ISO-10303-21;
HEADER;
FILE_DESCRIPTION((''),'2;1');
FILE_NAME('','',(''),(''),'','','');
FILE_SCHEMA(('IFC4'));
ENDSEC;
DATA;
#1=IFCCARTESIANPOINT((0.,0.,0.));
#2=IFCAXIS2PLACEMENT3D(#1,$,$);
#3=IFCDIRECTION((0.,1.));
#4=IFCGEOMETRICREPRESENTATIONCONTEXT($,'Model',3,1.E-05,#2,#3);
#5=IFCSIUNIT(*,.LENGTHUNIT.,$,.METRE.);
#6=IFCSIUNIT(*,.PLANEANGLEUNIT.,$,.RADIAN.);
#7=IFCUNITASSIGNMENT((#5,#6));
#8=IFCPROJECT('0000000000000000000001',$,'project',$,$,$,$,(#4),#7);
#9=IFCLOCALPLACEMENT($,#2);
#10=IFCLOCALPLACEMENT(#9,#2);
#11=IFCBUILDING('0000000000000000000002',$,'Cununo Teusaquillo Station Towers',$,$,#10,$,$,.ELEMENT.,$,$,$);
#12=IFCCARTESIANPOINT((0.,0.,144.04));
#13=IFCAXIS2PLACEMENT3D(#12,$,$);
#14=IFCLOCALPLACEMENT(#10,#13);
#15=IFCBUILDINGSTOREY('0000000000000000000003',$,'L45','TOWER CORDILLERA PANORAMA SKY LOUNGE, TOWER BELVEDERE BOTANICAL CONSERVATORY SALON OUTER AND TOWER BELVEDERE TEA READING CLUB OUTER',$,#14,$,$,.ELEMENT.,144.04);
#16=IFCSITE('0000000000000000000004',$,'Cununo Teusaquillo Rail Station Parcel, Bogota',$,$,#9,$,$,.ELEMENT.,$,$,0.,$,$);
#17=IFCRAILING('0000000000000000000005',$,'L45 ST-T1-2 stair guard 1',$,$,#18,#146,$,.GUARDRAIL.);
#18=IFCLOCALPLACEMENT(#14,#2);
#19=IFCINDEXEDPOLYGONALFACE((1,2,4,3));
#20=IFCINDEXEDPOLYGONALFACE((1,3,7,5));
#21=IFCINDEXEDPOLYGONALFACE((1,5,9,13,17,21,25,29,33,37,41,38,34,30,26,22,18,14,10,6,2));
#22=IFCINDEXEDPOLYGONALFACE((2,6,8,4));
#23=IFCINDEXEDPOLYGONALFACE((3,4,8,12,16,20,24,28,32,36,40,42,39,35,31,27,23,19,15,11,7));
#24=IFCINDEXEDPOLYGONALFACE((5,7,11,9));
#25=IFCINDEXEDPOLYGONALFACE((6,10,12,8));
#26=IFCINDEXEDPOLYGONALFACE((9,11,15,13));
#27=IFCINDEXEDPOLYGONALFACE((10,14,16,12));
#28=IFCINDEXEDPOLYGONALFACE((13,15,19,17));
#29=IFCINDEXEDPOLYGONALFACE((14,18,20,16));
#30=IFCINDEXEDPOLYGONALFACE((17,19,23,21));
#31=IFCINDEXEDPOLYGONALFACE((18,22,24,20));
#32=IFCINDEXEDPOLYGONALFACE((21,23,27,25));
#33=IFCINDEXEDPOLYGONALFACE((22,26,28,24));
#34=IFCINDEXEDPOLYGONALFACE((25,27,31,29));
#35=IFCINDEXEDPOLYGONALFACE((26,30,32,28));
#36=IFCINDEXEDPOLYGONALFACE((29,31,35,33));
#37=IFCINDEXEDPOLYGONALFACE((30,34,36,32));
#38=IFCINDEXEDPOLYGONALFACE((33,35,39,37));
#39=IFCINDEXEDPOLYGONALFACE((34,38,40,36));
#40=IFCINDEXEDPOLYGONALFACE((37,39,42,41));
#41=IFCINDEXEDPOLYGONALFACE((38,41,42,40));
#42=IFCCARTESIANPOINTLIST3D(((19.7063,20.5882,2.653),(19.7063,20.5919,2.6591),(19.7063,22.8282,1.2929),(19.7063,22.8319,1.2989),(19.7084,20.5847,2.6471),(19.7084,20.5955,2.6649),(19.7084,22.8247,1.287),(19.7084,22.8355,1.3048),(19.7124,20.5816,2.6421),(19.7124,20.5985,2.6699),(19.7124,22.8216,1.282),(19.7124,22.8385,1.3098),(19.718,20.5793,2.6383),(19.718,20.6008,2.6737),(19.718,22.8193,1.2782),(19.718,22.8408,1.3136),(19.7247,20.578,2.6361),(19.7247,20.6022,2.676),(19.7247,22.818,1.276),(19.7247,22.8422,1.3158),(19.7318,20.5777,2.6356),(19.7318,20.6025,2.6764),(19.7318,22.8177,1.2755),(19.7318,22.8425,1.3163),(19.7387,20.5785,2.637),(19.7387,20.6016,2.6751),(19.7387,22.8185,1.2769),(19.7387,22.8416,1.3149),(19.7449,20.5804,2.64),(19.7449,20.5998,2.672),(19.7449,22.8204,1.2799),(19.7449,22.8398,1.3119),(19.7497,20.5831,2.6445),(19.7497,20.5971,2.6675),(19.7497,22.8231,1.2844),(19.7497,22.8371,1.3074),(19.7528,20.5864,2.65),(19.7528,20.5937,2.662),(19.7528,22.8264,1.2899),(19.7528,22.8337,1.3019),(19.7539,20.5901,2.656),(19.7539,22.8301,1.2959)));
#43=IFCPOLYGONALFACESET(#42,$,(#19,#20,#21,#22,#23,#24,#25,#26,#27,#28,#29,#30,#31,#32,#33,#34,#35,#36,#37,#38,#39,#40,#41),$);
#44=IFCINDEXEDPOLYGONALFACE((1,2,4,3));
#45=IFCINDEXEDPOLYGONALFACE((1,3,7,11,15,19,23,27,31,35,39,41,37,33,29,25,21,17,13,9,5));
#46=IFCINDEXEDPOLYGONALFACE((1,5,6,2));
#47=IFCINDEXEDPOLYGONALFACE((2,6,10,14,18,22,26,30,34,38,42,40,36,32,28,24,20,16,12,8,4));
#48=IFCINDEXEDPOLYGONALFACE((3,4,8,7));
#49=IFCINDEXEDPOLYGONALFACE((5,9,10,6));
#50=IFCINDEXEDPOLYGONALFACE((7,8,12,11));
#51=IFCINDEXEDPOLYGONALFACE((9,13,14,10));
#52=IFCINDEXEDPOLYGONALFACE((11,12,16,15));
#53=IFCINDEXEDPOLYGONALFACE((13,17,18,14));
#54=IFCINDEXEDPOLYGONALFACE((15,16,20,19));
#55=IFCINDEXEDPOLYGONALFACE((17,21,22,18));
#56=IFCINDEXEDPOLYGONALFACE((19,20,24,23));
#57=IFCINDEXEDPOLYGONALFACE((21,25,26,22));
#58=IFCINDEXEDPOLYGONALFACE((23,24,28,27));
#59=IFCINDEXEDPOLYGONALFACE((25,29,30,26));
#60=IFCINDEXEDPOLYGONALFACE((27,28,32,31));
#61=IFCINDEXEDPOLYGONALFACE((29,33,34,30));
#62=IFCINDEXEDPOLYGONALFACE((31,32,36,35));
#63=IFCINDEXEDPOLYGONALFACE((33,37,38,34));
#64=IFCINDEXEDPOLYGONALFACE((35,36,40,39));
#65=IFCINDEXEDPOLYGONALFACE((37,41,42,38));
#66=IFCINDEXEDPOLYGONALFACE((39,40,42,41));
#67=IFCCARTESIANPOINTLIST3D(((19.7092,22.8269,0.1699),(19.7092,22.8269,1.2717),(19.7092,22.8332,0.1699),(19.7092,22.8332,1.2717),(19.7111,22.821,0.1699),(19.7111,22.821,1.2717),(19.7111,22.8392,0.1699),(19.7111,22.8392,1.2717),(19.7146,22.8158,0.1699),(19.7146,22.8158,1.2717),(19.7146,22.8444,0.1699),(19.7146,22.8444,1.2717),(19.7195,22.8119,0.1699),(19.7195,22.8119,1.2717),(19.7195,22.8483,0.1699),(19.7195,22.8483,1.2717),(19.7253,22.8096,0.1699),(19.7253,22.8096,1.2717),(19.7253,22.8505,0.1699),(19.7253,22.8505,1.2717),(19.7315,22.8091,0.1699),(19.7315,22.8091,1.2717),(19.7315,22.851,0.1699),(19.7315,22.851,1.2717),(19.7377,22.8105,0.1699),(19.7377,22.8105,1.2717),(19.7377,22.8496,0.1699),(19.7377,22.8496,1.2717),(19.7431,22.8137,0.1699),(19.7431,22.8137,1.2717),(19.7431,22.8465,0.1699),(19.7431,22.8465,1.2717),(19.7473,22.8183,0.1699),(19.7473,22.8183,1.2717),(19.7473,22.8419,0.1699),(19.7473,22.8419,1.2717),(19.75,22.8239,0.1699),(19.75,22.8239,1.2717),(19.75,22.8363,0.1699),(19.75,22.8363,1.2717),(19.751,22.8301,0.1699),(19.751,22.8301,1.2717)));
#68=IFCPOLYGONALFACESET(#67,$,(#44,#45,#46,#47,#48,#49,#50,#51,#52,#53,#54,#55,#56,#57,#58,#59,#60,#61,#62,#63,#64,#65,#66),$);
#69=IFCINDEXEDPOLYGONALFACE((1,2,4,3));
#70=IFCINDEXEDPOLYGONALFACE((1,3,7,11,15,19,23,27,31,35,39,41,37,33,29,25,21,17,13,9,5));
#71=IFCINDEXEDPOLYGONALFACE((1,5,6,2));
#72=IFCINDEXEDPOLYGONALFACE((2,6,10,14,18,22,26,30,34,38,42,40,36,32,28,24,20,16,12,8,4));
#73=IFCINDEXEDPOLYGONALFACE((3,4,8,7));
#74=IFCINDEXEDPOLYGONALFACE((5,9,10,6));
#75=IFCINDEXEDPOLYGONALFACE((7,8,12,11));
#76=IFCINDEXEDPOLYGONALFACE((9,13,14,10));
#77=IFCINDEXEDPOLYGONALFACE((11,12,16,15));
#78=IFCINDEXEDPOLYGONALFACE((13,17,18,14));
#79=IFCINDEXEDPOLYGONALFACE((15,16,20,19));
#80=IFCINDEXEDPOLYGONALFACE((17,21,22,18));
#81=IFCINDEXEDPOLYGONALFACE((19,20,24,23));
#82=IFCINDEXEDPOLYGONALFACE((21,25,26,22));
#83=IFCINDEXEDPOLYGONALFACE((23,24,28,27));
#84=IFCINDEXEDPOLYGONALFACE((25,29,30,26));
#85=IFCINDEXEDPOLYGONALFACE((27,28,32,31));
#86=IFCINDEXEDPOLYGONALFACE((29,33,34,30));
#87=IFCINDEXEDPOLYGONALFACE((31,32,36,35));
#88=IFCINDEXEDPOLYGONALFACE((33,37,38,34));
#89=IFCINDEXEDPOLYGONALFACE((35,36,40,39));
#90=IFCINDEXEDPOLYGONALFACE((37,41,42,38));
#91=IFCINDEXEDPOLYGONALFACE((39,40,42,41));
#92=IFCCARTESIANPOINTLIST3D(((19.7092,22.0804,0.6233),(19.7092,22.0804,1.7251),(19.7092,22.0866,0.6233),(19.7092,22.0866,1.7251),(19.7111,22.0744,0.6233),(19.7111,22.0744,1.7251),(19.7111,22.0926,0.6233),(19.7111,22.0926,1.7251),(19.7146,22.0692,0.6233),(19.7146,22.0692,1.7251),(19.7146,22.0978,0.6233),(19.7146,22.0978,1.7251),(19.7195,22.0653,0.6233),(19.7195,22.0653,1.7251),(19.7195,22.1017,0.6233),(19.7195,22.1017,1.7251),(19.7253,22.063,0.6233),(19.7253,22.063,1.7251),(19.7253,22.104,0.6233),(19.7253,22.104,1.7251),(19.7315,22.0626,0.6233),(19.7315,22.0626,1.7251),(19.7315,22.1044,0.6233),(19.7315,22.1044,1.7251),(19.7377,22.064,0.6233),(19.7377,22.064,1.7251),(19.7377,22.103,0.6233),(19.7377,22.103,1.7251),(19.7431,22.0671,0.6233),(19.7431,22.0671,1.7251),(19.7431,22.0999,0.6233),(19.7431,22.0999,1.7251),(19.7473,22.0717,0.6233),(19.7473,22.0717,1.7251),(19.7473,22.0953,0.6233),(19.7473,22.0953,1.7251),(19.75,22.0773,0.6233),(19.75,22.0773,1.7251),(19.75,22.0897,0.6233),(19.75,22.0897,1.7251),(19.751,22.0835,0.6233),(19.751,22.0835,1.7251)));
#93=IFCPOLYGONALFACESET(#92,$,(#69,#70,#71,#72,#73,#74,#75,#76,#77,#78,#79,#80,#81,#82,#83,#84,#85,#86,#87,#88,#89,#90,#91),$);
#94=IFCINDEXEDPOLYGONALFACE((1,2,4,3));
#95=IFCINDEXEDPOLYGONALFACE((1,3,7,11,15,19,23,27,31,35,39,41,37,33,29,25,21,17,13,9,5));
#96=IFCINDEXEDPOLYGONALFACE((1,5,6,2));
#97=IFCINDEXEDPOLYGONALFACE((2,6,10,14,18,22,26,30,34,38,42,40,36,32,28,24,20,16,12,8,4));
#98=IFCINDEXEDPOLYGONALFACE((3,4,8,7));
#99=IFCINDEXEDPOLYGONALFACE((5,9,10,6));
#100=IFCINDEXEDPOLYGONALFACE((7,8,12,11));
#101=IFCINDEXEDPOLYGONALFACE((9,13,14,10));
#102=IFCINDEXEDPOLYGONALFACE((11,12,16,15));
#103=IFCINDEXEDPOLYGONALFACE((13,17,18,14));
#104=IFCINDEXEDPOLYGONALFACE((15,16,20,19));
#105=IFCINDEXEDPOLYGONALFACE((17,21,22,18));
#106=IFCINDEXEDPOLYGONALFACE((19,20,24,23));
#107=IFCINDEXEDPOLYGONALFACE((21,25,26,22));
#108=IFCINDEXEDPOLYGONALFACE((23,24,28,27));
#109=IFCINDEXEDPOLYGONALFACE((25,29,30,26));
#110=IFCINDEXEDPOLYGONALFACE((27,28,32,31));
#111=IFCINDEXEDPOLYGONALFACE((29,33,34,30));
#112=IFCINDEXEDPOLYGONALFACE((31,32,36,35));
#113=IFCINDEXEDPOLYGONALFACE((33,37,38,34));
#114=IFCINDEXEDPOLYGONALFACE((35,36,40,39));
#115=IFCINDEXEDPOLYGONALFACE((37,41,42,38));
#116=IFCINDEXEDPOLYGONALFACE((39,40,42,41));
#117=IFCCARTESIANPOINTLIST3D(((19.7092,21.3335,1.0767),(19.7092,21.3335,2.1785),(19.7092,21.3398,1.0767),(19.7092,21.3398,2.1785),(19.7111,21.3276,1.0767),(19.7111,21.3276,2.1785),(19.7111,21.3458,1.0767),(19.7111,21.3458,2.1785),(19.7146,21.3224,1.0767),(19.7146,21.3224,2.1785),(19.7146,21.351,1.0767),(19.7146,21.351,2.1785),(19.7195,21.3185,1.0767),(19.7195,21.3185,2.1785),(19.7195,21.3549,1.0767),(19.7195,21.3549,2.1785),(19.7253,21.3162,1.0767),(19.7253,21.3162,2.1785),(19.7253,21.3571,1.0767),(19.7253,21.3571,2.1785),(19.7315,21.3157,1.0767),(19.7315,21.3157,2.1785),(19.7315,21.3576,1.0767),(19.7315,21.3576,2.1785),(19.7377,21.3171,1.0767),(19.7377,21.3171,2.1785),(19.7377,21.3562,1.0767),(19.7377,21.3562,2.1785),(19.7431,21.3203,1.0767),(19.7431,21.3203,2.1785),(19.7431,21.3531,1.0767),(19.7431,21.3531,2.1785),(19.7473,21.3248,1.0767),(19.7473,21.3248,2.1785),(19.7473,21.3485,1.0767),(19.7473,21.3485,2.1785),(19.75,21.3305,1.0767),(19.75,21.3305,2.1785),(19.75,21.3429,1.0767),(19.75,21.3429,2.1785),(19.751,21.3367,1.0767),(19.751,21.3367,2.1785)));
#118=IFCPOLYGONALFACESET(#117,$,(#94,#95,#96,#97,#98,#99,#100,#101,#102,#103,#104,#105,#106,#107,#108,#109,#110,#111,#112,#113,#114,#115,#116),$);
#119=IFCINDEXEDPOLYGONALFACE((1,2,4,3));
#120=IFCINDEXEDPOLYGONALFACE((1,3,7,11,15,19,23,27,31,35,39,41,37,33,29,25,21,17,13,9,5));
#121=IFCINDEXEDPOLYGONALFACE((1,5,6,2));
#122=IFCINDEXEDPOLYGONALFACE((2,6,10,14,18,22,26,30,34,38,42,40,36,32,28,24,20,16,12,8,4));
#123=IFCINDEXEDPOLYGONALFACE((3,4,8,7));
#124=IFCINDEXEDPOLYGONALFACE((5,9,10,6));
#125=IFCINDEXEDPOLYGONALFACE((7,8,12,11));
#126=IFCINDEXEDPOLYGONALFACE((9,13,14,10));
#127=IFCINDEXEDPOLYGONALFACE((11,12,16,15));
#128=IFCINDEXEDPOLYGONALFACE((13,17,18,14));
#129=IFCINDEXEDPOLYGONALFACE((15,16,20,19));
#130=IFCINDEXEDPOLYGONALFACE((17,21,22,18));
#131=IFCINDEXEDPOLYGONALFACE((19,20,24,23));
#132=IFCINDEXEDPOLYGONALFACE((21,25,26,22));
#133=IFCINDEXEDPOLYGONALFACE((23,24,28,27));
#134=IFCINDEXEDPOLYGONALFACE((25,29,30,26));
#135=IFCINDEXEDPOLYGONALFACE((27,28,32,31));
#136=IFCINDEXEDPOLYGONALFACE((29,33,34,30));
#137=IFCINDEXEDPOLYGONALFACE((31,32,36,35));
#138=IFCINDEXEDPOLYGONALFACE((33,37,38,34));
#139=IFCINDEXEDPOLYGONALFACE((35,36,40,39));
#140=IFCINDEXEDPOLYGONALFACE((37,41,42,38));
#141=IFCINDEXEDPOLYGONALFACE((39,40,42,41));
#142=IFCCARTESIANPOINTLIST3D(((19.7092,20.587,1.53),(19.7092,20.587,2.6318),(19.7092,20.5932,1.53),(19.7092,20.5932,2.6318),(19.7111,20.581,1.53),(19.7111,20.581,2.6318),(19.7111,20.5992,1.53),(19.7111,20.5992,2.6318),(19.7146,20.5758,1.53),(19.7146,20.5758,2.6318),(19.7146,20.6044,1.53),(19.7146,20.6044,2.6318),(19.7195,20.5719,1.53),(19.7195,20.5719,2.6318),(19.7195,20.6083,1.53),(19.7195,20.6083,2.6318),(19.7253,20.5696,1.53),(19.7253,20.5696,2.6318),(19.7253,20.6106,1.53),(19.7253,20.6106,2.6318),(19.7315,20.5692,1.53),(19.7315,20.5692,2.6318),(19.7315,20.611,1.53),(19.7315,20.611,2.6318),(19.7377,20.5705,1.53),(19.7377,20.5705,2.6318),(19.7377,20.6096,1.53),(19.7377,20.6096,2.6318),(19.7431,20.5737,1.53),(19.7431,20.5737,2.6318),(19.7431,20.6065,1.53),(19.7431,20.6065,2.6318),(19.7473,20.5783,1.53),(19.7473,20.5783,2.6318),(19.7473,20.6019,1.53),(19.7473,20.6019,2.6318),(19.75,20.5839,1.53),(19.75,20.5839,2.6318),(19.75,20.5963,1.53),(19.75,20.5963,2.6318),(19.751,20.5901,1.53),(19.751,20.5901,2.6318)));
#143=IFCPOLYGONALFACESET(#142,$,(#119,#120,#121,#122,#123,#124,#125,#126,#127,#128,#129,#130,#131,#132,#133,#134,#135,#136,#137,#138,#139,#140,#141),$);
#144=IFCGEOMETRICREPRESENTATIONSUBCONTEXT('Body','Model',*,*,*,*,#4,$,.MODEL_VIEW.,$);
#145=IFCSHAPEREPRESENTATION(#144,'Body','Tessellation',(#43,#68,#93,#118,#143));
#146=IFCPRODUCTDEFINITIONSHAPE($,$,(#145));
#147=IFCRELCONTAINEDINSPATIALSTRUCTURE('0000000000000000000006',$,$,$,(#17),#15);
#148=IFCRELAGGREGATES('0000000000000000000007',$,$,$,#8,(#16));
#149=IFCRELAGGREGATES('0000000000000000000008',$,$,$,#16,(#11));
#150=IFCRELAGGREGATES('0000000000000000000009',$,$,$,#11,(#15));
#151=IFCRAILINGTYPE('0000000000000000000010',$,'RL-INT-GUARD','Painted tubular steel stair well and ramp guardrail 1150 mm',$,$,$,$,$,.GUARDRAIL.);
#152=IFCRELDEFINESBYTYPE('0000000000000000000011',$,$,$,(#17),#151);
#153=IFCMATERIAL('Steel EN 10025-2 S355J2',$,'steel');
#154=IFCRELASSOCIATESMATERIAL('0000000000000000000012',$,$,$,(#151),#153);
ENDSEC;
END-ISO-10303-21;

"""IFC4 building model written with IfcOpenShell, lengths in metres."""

from ifc_helpers import new_model, si_unit, direction, frame, origin, origin_2d, place, context, subcontext, project, spatial, circle, extrude, material, type_object, element, save


model = new_model("IFC4")

# Units and contexts
model_context = context("Model", 3, precision=1e-05, world=origin(), true_north=direction((0.0, 1.0)))
body_context = subcontext(model_context, "Body", "Model", "MODEL_VIEW")
ifc_project = project(units=[si_unit("LENGTHUNIT", "METRE"), si_unit("PLANEANGLEUNIT", "RADIAN")], contexts=[model_context])

# Site, building, storey
site_placement = place(None, origin())
site = spatial("IfcSite", under=ifc_project, at=site_placement, Name="Cununo Teusaquillo Rail Station Parcel, Bogota", CompositionType="ELEMENT", RefElevation=0.0)
building_placement = place(site_placement, origin())
building = spatial("IfcBuilding", under=site, at=building_placement, Name="Cununo Teusaquillo Station Towers", CompositionType="ELEMENT")
storey_placement = place(building_placement, frame((0.0, 0.0, 144.04)))
storey = spatial("IfcBuildingStorey", under=building, at=storey_placement, Name="L45", Description="TOWER CORDILLERA PANORAMA SKY LOUNGE, TOWER BELVEDERE BOTANICAL CONSERVATORY SALON OUTER AND TOWER BELVEDERE TEA READING CLUB OUTER", CompositionType="ELEMENT", Elevation=144.04)

# Railing
ifc_material_1 = material(Name="Steel EN 10025-2 S355J2", Category="steel")
railing_type_1 = type_object("IfcRailingType", Name="RL-INT-GUARD", Description="Painted tubular steel stair well and ramp guardrail 1150 mm", PredefinedType="GUARDRAIL", material=ifc_material_1)
railing_1_placement = place(storey_placement, frame((19.73, 22.8301, 0.1699)))
element("IfcRailing", 1, at=railing_1_placement, inside=storey, type_object=railing_type_1, Name="L45 ST-T1-2 stair guard 1", PredefinedType="GUARDRAIL", context=body_context, shape_type="SweptSolid", body=[
    extrude(circle(Radius=0.0239, at=origin_2d()), frame((0.0, 0.0, 1.126), z_axis=(0.0, -0.854768, 0.51901), x_axis=(1.0, 0.0, 0.0)), (0.0, 0.0, 1.0), 2.6206),
    extrude(circle(Radius=0.021, at=origin_2d()), origin(), (0.0, 0.0, 1.0), 1.1018),
    extrude(circle(Radius=0.021, at=origin_2d()), frame((0.0, -0.7466, 0.4534)), (0.0, 0.0, 1.0), 1.1018),
    extrude(circle(Radius=0.021, at=origin_2d()), frame((0.0, -1.4934, 0.9067)), (0.0, 0.0, 1.0), 1.1018),
    extrude(circle(Radius=0.021, at=origin_2d()), frame((0.0, -2.24, 1.3601)), (0.0, 0.0, 1.0), 1.1018),
])

save(model, "model.ifc")
